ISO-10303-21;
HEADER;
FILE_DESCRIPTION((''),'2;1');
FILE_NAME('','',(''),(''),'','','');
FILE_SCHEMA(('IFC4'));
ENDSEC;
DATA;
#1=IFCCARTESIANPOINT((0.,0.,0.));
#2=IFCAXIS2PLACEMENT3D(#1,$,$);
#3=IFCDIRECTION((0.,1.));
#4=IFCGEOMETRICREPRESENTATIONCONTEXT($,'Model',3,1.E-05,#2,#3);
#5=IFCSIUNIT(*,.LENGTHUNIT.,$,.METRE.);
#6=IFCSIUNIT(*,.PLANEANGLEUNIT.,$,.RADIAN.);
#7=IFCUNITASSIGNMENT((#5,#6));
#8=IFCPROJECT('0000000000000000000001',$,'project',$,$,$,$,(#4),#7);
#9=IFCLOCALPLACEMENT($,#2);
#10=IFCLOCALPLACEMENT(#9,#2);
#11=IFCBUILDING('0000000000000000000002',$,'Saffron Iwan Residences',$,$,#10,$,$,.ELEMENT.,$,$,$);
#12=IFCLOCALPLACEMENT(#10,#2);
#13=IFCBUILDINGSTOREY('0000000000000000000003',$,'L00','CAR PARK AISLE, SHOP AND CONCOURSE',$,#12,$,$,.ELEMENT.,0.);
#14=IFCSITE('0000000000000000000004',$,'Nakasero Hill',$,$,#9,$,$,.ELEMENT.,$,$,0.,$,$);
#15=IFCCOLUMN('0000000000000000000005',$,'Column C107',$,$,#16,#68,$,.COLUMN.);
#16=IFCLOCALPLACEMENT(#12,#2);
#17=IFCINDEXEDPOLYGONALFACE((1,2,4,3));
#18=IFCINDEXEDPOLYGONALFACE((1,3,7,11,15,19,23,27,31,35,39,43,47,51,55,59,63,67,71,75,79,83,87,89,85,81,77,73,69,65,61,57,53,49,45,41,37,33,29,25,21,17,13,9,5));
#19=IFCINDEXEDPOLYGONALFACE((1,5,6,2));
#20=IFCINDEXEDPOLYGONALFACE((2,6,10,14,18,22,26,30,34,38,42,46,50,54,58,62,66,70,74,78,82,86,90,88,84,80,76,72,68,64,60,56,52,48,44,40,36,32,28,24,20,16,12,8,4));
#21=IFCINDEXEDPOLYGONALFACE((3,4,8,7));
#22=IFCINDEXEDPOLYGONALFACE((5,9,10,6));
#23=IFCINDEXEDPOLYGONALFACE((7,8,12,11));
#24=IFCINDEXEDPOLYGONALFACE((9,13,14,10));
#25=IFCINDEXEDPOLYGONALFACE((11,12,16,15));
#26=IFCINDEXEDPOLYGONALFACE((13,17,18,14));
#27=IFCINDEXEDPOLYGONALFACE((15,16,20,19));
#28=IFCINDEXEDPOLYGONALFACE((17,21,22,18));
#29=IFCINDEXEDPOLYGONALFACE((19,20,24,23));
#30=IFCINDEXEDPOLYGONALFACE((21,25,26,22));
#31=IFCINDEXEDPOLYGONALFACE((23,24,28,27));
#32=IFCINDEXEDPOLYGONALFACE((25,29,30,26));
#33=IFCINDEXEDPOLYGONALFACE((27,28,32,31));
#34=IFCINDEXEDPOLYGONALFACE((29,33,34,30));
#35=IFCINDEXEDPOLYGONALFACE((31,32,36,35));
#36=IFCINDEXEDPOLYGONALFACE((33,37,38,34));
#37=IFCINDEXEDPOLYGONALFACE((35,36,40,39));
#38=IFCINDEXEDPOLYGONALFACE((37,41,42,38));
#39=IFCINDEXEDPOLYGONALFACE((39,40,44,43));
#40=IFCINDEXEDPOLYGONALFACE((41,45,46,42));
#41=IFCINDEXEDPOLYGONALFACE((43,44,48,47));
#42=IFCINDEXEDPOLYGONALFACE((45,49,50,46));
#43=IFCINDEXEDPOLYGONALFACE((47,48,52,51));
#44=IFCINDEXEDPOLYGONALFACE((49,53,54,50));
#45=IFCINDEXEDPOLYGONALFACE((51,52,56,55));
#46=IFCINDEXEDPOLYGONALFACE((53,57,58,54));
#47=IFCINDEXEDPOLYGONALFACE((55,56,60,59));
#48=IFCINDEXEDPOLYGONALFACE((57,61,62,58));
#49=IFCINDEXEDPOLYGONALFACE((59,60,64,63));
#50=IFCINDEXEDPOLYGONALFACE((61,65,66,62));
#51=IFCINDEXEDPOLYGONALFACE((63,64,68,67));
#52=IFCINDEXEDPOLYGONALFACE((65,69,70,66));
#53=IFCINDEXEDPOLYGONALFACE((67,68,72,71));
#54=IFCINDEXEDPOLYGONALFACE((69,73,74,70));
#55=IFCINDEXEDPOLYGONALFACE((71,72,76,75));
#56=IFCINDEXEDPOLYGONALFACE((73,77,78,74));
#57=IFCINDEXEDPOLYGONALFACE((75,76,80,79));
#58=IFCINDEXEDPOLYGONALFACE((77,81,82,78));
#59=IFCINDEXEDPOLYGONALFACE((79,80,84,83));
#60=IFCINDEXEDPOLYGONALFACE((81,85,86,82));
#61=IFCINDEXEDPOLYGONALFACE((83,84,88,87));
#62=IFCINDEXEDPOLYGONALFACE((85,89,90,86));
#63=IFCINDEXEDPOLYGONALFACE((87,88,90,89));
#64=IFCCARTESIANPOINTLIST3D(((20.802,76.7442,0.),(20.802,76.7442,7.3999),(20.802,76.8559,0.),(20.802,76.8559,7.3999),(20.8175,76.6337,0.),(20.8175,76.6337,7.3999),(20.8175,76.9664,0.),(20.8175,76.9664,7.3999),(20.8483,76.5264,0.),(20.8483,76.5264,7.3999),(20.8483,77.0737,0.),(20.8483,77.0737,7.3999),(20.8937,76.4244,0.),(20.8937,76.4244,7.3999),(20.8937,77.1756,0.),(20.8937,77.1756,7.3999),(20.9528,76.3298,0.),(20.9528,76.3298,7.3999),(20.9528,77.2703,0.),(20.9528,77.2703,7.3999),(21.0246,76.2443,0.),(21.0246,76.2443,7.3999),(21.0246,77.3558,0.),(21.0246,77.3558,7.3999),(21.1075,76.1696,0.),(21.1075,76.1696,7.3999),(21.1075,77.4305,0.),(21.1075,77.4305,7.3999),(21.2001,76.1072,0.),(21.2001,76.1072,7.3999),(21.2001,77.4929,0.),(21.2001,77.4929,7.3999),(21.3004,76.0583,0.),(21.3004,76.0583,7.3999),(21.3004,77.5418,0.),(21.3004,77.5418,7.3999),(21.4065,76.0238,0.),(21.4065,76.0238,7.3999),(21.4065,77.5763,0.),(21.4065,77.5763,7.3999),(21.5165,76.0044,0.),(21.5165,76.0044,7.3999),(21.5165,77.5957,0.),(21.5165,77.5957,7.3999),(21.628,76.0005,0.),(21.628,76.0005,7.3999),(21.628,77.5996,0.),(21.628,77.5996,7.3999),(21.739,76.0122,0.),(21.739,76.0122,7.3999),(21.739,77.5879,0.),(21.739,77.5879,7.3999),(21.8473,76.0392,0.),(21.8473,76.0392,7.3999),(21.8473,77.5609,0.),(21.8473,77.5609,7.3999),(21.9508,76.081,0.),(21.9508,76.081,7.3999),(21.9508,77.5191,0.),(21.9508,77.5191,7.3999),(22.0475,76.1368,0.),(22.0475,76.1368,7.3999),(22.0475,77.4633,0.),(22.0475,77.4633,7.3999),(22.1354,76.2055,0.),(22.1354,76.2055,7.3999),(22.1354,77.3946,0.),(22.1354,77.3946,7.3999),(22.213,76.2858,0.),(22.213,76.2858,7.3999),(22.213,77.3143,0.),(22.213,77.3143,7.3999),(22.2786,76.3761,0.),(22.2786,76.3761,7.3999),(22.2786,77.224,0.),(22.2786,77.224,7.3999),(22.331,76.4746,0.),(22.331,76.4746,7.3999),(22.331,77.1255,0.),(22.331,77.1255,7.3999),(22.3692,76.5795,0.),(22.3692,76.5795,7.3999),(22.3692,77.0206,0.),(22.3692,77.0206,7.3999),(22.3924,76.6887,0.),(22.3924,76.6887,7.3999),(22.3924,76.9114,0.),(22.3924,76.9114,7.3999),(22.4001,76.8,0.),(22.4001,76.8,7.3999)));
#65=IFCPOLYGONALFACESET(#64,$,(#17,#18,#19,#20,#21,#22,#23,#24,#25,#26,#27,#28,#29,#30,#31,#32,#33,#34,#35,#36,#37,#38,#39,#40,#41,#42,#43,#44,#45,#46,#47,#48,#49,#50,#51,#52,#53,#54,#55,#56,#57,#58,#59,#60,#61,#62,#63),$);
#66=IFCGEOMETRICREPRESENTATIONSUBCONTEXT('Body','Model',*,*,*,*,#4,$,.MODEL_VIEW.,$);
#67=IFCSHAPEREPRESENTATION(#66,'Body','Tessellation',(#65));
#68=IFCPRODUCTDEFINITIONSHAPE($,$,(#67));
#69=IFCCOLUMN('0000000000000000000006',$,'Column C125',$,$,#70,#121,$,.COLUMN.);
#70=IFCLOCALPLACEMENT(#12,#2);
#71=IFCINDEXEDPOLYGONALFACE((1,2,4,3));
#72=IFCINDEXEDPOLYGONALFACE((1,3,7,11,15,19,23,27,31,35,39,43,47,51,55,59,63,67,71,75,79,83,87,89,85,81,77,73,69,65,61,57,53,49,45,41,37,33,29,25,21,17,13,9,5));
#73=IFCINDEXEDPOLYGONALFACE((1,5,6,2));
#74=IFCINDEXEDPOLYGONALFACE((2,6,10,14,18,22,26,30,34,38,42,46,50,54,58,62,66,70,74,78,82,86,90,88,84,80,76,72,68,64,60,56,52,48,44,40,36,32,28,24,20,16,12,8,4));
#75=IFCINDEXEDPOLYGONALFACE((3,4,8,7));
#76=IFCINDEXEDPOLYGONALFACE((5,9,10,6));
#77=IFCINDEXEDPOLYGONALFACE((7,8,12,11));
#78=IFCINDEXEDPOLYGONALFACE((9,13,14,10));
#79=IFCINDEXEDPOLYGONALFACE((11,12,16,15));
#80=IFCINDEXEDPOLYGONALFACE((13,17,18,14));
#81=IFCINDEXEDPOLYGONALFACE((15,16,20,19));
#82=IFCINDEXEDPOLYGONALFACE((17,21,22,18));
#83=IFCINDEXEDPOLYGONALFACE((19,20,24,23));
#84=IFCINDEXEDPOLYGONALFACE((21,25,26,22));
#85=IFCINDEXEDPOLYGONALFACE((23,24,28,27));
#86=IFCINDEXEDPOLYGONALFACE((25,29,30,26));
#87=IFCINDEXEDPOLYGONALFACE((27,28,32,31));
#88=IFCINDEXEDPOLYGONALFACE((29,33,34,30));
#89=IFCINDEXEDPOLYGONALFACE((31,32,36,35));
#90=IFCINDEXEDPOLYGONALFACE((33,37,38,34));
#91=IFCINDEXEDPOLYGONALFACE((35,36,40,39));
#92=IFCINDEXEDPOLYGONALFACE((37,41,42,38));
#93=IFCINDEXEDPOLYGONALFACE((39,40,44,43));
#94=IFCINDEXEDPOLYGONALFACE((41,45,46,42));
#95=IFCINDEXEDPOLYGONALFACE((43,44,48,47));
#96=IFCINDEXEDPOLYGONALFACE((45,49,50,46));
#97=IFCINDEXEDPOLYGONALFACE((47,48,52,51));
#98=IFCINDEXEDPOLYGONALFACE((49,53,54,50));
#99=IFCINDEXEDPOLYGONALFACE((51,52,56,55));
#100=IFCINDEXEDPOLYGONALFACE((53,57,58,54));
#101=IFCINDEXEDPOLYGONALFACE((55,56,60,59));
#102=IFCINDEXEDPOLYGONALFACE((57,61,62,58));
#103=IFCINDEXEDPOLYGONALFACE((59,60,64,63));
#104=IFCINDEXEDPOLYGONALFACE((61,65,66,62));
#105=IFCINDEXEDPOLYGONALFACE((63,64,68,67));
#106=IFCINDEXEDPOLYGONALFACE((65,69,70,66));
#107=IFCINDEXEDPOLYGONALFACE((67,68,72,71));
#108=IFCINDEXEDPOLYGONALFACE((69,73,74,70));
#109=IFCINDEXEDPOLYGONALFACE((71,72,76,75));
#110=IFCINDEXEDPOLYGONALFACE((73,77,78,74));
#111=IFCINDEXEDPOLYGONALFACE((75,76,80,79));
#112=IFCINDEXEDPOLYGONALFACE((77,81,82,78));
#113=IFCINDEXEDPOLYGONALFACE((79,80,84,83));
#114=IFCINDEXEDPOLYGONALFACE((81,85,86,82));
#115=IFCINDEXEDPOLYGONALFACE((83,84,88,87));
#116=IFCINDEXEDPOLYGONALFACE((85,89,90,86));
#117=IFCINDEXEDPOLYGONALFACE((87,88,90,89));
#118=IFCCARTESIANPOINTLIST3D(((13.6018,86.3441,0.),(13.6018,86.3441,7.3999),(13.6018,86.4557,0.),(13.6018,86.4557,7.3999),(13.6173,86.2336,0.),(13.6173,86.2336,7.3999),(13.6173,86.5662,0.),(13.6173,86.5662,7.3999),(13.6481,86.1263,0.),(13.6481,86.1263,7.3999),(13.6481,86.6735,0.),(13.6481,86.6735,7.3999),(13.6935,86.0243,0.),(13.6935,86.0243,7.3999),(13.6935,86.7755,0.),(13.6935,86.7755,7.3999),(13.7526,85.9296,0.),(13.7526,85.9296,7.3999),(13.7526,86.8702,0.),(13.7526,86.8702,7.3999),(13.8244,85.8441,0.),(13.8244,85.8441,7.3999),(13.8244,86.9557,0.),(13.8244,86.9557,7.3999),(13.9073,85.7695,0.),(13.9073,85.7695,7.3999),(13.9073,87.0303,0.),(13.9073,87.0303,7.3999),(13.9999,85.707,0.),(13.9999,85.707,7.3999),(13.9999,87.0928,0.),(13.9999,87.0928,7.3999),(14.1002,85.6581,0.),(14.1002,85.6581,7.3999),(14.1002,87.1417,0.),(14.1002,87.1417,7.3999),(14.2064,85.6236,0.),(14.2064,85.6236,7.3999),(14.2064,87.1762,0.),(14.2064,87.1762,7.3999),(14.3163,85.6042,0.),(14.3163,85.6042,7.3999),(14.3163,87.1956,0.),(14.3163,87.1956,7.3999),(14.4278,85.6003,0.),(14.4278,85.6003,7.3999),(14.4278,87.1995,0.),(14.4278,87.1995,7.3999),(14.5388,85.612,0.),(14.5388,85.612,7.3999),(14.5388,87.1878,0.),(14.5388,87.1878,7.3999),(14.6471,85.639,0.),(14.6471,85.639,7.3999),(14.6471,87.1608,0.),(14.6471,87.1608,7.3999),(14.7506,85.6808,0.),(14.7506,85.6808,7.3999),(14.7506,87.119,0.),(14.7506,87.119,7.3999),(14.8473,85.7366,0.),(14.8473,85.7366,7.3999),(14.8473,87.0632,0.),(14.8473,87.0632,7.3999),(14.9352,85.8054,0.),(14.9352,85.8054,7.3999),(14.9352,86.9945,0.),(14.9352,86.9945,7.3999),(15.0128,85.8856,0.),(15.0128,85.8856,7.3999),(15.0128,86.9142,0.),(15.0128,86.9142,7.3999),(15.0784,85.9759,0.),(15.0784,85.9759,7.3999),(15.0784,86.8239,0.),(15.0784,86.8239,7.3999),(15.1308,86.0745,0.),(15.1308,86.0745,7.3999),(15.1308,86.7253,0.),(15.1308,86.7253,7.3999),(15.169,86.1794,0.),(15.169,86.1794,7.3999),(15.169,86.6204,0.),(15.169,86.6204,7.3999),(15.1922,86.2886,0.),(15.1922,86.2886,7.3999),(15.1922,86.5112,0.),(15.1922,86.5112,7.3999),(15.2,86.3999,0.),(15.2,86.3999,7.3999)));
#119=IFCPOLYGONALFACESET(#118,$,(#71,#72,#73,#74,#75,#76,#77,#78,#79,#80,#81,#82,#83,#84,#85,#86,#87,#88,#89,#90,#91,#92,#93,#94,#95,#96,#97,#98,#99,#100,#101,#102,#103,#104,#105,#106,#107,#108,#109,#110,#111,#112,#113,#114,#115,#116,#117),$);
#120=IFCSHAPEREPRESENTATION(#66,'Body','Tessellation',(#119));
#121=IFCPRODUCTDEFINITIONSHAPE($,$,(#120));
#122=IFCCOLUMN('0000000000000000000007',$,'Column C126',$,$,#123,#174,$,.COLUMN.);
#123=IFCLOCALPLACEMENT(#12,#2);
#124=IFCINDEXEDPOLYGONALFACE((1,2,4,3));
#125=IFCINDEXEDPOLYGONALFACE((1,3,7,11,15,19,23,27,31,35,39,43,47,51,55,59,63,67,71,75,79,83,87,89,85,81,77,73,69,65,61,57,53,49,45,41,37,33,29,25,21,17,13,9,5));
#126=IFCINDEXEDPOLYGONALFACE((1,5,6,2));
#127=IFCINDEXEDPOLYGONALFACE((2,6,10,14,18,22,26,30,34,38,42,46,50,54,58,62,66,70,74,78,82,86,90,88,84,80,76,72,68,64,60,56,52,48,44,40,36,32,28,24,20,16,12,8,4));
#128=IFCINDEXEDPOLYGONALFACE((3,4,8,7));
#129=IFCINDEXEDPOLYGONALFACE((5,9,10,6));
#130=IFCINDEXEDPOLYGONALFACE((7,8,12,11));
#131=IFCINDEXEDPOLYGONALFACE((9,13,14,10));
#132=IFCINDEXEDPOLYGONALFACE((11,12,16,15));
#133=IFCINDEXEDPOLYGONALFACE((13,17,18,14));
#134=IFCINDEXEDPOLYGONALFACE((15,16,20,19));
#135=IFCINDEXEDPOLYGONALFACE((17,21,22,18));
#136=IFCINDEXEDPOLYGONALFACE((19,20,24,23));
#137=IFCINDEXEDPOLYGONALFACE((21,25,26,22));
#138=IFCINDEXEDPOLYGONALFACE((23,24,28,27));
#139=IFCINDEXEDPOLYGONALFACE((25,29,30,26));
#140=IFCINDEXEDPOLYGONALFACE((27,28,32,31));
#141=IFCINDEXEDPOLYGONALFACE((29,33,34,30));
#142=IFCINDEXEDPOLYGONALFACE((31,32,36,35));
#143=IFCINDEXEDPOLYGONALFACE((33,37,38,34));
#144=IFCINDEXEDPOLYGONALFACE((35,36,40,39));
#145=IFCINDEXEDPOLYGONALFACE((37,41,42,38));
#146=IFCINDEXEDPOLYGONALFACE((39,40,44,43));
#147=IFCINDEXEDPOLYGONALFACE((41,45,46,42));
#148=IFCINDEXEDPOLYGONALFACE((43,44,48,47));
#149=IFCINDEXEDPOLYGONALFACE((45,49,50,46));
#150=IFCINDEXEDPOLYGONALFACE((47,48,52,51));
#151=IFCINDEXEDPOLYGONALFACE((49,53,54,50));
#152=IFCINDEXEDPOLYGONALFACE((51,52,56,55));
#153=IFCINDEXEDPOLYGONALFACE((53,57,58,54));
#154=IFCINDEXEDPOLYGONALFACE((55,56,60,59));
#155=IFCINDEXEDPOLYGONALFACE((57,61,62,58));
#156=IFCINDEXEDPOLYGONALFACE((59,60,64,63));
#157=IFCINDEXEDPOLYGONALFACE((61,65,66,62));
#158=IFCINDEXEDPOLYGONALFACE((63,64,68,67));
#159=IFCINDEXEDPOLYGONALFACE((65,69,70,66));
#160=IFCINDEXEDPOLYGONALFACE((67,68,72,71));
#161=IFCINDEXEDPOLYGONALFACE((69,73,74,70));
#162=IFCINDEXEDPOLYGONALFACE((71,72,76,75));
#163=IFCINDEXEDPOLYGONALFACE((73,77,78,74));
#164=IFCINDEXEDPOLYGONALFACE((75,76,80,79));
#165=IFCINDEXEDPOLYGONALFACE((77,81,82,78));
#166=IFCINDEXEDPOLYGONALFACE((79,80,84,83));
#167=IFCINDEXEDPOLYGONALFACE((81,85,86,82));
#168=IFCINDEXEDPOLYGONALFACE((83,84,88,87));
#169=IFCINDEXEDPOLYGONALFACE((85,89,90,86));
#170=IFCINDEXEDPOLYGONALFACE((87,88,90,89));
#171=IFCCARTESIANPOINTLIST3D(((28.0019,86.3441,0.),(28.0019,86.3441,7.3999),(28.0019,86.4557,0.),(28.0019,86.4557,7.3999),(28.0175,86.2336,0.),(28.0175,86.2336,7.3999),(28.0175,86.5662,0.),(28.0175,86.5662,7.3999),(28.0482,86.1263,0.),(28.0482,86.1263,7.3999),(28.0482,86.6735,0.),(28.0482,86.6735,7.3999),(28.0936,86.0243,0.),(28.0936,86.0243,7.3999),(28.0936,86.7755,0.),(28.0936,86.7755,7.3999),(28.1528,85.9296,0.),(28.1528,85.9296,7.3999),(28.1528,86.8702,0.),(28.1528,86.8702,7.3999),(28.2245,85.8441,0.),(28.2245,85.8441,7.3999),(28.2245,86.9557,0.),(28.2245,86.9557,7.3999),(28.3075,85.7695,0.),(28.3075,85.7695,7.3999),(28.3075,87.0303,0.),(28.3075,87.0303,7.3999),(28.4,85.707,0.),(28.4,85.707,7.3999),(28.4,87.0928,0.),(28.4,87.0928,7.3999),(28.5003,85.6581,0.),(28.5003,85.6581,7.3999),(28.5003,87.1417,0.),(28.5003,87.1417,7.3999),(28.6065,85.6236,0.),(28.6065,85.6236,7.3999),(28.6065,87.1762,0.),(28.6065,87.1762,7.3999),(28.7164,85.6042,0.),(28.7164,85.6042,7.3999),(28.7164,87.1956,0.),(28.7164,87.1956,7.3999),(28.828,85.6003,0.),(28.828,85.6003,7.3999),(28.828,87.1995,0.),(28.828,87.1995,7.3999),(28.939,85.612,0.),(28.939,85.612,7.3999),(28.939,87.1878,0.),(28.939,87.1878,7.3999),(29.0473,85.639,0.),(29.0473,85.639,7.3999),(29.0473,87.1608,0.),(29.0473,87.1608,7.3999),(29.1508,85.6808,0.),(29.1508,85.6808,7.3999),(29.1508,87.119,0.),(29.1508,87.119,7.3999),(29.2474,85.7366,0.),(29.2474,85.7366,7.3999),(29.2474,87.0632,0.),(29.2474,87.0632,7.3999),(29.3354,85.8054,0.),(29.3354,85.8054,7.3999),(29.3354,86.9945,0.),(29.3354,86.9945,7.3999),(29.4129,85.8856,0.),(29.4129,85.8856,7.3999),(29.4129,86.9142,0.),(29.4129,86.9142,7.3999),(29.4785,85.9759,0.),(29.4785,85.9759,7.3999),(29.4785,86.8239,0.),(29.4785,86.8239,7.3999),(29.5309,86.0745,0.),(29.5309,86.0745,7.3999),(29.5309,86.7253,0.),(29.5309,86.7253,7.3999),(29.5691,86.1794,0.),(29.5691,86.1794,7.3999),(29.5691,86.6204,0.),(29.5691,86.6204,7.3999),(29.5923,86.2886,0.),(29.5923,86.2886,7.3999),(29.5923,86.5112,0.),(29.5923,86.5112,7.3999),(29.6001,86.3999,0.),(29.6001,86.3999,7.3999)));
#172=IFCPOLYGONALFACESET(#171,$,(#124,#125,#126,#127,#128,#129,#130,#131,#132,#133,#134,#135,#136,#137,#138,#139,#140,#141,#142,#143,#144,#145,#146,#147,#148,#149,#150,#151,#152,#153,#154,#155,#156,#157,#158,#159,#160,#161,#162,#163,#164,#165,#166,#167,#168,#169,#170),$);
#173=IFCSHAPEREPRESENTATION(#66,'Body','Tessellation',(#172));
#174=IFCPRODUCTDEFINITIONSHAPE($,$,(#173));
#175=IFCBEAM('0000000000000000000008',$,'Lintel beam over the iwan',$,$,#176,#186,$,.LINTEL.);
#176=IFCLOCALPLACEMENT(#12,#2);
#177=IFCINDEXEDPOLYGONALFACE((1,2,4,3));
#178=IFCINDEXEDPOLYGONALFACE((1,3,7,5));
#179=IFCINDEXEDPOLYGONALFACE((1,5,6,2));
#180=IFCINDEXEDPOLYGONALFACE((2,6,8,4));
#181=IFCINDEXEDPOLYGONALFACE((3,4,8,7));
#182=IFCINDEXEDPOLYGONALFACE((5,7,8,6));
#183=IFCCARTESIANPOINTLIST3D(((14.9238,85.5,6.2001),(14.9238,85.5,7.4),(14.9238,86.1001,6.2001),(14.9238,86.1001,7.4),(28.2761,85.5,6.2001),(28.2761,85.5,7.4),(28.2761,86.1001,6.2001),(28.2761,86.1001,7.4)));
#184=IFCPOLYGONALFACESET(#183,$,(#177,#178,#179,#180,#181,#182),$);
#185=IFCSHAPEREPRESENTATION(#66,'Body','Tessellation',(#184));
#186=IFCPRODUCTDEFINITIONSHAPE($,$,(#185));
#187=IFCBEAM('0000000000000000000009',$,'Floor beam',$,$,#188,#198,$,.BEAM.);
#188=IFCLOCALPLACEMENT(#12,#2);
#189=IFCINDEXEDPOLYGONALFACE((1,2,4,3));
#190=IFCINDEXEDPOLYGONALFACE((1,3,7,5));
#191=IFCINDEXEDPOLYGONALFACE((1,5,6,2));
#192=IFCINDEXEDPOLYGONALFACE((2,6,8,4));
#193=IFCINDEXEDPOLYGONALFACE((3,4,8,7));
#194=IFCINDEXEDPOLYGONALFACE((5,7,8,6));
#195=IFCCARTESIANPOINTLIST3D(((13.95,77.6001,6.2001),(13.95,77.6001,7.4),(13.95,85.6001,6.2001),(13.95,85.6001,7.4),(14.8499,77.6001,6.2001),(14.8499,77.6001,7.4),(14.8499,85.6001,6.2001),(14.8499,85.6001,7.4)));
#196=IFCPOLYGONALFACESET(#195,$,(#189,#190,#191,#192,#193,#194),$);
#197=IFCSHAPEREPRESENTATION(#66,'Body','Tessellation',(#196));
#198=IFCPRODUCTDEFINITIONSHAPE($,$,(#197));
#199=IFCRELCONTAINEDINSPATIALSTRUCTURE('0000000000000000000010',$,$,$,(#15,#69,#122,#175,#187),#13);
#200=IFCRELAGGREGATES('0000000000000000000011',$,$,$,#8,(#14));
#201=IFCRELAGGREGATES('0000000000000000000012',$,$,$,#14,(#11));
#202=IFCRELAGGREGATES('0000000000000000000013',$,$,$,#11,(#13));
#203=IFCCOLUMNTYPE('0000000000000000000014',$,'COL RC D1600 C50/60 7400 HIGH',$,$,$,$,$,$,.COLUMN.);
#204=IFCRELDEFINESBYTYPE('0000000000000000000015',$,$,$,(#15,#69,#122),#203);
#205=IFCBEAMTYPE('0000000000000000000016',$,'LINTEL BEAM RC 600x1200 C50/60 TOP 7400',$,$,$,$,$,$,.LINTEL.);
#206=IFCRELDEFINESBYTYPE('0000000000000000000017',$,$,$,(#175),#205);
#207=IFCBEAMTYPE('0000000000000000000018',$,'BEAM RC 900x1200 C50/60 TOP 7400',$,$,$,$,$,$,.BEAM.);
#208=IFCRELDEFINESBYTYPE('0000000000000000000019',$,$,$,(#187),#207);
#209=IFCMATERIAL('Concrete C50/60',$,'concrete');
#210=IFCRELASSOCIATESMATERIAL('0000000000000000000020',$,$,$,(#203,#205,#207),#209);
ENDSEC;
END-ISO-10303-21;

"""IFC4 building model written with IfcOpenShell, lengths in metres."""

from ifc_helpers import new_model, si_unit, direction, frame, origin, origin_2d, place, context, subcontext, project, spatial, rectangle, circle, extrude, source, transform, mapped, material, material_profile, profile_set, type_object, element, save


model = new_model("IFC4")

# Units and contexts
model_context = context("Model", 3, precision=1e-05, world=origin(), true_north=direction((0.0, 1.0)))
body_context = subcontext(model_context, "Body", "Model", "MODEL_VIEW")
ifc_project = project(units=[si_unit("LENGTHUNIT", "METRE"), si_unit("PLANEANGLEUNIT", "RADIAN")], contexts=[model_context])

# Site, building, storey
site_placement = place(None, origin())
site = spatial("IfcSite", under=ifc_project, at=site_placement, Name="Nakasero Hill", CompositionType="ELEMENT", RefElevation=0.0)
building_placement = place(site_placement, origin())
building = spatial("IfcBuilding", under=site, at=building_placement, Name="Saffron Iwan Residences", CompositionType="ELEMENT")
storey_placement = place(building_placement, origin())
storey = spatial("IfcBuildingStorey", under=building, at=storey_placement, Name="L00", Description="CAR PARK AISLE, SHOP AND CONCOURSE", CompositionType="ELEMENT", Elevation=0.0)

# Columns
ifc_material_1 = material(Name="Concrete C50/60", Category="concrete")
ifc_material_profile_1 = material_profile(ifc_material_1, circle(Radius=0.8, at=origin_2d()), Name="RC D1600")
ifc_profile_set_1 = profile_set([ifc_material_profile_1], Name="Concrete C50/60")
column_type = type_object("IfcColumnType", Name="COL RC D1600 C50/60 7400 HIGH", PredefinedType="COLUMN", material=ifc_profile_set_1)
shared_shape_1 = source(origin(), body_context, "Body", "SweptSolid", [
    extrude(circle(Radius=0.8, at=origin_2d()), origin(), (0.0, 0.0, 1.0), 7.3999),
])
for number, where, z_axis, x_axis, name in (
    (1, (21.6001, 76.8, 0.0), (0.0, 0.0, 1.0), (1.0, 0.0, 0.0), "Column C107"),
    (2, (14.3999, 86.3999, 0.0), (0.0, 0.0, 1.0), (1.0, 0.0, 0.0), "Column C125"),
    (3, (28.8, 86.3999, 0.0), (0.0, 0.0, 1.0), (1.0, 0.0, 0.0), "Column C126"),
):
    element("IfcColumn", number, at=place(storey_placement, frame(where, z_axis=z_axis, x_axis=x_axis)), inside=storey, type_object=column_type, Name=name, PredefinedType="COLUMN", context=body_context, shape_type="MappedRepresentation", body=[
        mapped(shared_shape_1, transform((0.0, 0.0, 0.0))),
    ])

# Beams
ifc_material_profile_2 = material_profile(ifc_material_1, rectangle(XDim=0.6001, YDim=1.2, at=origin_2d()), Name="RC 600x1200")
ifc_profile_set_2 = profile_set([ifc_material_profile_2], Name="Concrete C50/60")
beam_type_1 = type_object("IfcBeamType", Name="LINTEL BEAM RC 600x1200 C50/60 TOP 7400", PredefinedType="LINTEL", material=ifc_profile_set_2)
shared_shape_2 = source(origin(), body_context, "Body", "SweptSolid", [
    extrude(rectangle(XDim=0.6001, YDim=1.2, at=origin_2d()), origin(), (0.0, 0.0, 1.0), 13.3523),
])
beam_1_placement = place(storey_placement, frame((14.9238, 85.8, 6.8), z_axis=(1.0, 0.0, 0.0), x_axis=(0.0, 1.0, 0.0)))
element("IfcBeam", 4, at=beam_1_placement, inside=storey, type_object=beam_type_1, Name="Lintel beam over the iwan", PredefinedType="LINTEL", context=body_context, shape_type="MappedRepresentation", body=[
    mapped(shared_shape_2, transform((0.0, 0.0, 0.0))),
])
ifc_material_profile_3 = material_profile(ifc_material_1, rectangle(XDim=0.8999, YDim=1.2, at=origin_2d()), Name="RC 900x1200")
ifc_profile_set_3 = profile_set([ifc_material_profile_3], Name="Concrete C50/60")
beam_type_2 = type_object("IfcBeamType", Name="BEAM RC 900x1200 C50/60 TOP 7400", PredefinedType="BEAM", material=ifc_profile_set_3)
shared_shape_3 = source(origin(), body_context, "Body", "SweptSolid", [
    extrude(rectangle(XDim=0.8999, YDim=1.2, at=origin_2d()), origin(), (0.0, 0.0, 1.0), 8.0),
])
beam_2_placement = place(storey_placement, frame((14.3999, 77.6001, 6.8), z_axis=(0.0, 1.0, 0.0), x_axis=(-1.0, 0.0, 0.0)))
element("IfcBeam", 5, at=beam_2_placement, inside=storey, type_object=beam_type_2, Name="Floor beam", PredefinedType="BEAM", context=body_context, shape_type="MappedRepresentation", body=[
    mapped(shared_shape_3, transform((0.0, 0.0, 0.0))),
])

save(model, "model.ifc")
